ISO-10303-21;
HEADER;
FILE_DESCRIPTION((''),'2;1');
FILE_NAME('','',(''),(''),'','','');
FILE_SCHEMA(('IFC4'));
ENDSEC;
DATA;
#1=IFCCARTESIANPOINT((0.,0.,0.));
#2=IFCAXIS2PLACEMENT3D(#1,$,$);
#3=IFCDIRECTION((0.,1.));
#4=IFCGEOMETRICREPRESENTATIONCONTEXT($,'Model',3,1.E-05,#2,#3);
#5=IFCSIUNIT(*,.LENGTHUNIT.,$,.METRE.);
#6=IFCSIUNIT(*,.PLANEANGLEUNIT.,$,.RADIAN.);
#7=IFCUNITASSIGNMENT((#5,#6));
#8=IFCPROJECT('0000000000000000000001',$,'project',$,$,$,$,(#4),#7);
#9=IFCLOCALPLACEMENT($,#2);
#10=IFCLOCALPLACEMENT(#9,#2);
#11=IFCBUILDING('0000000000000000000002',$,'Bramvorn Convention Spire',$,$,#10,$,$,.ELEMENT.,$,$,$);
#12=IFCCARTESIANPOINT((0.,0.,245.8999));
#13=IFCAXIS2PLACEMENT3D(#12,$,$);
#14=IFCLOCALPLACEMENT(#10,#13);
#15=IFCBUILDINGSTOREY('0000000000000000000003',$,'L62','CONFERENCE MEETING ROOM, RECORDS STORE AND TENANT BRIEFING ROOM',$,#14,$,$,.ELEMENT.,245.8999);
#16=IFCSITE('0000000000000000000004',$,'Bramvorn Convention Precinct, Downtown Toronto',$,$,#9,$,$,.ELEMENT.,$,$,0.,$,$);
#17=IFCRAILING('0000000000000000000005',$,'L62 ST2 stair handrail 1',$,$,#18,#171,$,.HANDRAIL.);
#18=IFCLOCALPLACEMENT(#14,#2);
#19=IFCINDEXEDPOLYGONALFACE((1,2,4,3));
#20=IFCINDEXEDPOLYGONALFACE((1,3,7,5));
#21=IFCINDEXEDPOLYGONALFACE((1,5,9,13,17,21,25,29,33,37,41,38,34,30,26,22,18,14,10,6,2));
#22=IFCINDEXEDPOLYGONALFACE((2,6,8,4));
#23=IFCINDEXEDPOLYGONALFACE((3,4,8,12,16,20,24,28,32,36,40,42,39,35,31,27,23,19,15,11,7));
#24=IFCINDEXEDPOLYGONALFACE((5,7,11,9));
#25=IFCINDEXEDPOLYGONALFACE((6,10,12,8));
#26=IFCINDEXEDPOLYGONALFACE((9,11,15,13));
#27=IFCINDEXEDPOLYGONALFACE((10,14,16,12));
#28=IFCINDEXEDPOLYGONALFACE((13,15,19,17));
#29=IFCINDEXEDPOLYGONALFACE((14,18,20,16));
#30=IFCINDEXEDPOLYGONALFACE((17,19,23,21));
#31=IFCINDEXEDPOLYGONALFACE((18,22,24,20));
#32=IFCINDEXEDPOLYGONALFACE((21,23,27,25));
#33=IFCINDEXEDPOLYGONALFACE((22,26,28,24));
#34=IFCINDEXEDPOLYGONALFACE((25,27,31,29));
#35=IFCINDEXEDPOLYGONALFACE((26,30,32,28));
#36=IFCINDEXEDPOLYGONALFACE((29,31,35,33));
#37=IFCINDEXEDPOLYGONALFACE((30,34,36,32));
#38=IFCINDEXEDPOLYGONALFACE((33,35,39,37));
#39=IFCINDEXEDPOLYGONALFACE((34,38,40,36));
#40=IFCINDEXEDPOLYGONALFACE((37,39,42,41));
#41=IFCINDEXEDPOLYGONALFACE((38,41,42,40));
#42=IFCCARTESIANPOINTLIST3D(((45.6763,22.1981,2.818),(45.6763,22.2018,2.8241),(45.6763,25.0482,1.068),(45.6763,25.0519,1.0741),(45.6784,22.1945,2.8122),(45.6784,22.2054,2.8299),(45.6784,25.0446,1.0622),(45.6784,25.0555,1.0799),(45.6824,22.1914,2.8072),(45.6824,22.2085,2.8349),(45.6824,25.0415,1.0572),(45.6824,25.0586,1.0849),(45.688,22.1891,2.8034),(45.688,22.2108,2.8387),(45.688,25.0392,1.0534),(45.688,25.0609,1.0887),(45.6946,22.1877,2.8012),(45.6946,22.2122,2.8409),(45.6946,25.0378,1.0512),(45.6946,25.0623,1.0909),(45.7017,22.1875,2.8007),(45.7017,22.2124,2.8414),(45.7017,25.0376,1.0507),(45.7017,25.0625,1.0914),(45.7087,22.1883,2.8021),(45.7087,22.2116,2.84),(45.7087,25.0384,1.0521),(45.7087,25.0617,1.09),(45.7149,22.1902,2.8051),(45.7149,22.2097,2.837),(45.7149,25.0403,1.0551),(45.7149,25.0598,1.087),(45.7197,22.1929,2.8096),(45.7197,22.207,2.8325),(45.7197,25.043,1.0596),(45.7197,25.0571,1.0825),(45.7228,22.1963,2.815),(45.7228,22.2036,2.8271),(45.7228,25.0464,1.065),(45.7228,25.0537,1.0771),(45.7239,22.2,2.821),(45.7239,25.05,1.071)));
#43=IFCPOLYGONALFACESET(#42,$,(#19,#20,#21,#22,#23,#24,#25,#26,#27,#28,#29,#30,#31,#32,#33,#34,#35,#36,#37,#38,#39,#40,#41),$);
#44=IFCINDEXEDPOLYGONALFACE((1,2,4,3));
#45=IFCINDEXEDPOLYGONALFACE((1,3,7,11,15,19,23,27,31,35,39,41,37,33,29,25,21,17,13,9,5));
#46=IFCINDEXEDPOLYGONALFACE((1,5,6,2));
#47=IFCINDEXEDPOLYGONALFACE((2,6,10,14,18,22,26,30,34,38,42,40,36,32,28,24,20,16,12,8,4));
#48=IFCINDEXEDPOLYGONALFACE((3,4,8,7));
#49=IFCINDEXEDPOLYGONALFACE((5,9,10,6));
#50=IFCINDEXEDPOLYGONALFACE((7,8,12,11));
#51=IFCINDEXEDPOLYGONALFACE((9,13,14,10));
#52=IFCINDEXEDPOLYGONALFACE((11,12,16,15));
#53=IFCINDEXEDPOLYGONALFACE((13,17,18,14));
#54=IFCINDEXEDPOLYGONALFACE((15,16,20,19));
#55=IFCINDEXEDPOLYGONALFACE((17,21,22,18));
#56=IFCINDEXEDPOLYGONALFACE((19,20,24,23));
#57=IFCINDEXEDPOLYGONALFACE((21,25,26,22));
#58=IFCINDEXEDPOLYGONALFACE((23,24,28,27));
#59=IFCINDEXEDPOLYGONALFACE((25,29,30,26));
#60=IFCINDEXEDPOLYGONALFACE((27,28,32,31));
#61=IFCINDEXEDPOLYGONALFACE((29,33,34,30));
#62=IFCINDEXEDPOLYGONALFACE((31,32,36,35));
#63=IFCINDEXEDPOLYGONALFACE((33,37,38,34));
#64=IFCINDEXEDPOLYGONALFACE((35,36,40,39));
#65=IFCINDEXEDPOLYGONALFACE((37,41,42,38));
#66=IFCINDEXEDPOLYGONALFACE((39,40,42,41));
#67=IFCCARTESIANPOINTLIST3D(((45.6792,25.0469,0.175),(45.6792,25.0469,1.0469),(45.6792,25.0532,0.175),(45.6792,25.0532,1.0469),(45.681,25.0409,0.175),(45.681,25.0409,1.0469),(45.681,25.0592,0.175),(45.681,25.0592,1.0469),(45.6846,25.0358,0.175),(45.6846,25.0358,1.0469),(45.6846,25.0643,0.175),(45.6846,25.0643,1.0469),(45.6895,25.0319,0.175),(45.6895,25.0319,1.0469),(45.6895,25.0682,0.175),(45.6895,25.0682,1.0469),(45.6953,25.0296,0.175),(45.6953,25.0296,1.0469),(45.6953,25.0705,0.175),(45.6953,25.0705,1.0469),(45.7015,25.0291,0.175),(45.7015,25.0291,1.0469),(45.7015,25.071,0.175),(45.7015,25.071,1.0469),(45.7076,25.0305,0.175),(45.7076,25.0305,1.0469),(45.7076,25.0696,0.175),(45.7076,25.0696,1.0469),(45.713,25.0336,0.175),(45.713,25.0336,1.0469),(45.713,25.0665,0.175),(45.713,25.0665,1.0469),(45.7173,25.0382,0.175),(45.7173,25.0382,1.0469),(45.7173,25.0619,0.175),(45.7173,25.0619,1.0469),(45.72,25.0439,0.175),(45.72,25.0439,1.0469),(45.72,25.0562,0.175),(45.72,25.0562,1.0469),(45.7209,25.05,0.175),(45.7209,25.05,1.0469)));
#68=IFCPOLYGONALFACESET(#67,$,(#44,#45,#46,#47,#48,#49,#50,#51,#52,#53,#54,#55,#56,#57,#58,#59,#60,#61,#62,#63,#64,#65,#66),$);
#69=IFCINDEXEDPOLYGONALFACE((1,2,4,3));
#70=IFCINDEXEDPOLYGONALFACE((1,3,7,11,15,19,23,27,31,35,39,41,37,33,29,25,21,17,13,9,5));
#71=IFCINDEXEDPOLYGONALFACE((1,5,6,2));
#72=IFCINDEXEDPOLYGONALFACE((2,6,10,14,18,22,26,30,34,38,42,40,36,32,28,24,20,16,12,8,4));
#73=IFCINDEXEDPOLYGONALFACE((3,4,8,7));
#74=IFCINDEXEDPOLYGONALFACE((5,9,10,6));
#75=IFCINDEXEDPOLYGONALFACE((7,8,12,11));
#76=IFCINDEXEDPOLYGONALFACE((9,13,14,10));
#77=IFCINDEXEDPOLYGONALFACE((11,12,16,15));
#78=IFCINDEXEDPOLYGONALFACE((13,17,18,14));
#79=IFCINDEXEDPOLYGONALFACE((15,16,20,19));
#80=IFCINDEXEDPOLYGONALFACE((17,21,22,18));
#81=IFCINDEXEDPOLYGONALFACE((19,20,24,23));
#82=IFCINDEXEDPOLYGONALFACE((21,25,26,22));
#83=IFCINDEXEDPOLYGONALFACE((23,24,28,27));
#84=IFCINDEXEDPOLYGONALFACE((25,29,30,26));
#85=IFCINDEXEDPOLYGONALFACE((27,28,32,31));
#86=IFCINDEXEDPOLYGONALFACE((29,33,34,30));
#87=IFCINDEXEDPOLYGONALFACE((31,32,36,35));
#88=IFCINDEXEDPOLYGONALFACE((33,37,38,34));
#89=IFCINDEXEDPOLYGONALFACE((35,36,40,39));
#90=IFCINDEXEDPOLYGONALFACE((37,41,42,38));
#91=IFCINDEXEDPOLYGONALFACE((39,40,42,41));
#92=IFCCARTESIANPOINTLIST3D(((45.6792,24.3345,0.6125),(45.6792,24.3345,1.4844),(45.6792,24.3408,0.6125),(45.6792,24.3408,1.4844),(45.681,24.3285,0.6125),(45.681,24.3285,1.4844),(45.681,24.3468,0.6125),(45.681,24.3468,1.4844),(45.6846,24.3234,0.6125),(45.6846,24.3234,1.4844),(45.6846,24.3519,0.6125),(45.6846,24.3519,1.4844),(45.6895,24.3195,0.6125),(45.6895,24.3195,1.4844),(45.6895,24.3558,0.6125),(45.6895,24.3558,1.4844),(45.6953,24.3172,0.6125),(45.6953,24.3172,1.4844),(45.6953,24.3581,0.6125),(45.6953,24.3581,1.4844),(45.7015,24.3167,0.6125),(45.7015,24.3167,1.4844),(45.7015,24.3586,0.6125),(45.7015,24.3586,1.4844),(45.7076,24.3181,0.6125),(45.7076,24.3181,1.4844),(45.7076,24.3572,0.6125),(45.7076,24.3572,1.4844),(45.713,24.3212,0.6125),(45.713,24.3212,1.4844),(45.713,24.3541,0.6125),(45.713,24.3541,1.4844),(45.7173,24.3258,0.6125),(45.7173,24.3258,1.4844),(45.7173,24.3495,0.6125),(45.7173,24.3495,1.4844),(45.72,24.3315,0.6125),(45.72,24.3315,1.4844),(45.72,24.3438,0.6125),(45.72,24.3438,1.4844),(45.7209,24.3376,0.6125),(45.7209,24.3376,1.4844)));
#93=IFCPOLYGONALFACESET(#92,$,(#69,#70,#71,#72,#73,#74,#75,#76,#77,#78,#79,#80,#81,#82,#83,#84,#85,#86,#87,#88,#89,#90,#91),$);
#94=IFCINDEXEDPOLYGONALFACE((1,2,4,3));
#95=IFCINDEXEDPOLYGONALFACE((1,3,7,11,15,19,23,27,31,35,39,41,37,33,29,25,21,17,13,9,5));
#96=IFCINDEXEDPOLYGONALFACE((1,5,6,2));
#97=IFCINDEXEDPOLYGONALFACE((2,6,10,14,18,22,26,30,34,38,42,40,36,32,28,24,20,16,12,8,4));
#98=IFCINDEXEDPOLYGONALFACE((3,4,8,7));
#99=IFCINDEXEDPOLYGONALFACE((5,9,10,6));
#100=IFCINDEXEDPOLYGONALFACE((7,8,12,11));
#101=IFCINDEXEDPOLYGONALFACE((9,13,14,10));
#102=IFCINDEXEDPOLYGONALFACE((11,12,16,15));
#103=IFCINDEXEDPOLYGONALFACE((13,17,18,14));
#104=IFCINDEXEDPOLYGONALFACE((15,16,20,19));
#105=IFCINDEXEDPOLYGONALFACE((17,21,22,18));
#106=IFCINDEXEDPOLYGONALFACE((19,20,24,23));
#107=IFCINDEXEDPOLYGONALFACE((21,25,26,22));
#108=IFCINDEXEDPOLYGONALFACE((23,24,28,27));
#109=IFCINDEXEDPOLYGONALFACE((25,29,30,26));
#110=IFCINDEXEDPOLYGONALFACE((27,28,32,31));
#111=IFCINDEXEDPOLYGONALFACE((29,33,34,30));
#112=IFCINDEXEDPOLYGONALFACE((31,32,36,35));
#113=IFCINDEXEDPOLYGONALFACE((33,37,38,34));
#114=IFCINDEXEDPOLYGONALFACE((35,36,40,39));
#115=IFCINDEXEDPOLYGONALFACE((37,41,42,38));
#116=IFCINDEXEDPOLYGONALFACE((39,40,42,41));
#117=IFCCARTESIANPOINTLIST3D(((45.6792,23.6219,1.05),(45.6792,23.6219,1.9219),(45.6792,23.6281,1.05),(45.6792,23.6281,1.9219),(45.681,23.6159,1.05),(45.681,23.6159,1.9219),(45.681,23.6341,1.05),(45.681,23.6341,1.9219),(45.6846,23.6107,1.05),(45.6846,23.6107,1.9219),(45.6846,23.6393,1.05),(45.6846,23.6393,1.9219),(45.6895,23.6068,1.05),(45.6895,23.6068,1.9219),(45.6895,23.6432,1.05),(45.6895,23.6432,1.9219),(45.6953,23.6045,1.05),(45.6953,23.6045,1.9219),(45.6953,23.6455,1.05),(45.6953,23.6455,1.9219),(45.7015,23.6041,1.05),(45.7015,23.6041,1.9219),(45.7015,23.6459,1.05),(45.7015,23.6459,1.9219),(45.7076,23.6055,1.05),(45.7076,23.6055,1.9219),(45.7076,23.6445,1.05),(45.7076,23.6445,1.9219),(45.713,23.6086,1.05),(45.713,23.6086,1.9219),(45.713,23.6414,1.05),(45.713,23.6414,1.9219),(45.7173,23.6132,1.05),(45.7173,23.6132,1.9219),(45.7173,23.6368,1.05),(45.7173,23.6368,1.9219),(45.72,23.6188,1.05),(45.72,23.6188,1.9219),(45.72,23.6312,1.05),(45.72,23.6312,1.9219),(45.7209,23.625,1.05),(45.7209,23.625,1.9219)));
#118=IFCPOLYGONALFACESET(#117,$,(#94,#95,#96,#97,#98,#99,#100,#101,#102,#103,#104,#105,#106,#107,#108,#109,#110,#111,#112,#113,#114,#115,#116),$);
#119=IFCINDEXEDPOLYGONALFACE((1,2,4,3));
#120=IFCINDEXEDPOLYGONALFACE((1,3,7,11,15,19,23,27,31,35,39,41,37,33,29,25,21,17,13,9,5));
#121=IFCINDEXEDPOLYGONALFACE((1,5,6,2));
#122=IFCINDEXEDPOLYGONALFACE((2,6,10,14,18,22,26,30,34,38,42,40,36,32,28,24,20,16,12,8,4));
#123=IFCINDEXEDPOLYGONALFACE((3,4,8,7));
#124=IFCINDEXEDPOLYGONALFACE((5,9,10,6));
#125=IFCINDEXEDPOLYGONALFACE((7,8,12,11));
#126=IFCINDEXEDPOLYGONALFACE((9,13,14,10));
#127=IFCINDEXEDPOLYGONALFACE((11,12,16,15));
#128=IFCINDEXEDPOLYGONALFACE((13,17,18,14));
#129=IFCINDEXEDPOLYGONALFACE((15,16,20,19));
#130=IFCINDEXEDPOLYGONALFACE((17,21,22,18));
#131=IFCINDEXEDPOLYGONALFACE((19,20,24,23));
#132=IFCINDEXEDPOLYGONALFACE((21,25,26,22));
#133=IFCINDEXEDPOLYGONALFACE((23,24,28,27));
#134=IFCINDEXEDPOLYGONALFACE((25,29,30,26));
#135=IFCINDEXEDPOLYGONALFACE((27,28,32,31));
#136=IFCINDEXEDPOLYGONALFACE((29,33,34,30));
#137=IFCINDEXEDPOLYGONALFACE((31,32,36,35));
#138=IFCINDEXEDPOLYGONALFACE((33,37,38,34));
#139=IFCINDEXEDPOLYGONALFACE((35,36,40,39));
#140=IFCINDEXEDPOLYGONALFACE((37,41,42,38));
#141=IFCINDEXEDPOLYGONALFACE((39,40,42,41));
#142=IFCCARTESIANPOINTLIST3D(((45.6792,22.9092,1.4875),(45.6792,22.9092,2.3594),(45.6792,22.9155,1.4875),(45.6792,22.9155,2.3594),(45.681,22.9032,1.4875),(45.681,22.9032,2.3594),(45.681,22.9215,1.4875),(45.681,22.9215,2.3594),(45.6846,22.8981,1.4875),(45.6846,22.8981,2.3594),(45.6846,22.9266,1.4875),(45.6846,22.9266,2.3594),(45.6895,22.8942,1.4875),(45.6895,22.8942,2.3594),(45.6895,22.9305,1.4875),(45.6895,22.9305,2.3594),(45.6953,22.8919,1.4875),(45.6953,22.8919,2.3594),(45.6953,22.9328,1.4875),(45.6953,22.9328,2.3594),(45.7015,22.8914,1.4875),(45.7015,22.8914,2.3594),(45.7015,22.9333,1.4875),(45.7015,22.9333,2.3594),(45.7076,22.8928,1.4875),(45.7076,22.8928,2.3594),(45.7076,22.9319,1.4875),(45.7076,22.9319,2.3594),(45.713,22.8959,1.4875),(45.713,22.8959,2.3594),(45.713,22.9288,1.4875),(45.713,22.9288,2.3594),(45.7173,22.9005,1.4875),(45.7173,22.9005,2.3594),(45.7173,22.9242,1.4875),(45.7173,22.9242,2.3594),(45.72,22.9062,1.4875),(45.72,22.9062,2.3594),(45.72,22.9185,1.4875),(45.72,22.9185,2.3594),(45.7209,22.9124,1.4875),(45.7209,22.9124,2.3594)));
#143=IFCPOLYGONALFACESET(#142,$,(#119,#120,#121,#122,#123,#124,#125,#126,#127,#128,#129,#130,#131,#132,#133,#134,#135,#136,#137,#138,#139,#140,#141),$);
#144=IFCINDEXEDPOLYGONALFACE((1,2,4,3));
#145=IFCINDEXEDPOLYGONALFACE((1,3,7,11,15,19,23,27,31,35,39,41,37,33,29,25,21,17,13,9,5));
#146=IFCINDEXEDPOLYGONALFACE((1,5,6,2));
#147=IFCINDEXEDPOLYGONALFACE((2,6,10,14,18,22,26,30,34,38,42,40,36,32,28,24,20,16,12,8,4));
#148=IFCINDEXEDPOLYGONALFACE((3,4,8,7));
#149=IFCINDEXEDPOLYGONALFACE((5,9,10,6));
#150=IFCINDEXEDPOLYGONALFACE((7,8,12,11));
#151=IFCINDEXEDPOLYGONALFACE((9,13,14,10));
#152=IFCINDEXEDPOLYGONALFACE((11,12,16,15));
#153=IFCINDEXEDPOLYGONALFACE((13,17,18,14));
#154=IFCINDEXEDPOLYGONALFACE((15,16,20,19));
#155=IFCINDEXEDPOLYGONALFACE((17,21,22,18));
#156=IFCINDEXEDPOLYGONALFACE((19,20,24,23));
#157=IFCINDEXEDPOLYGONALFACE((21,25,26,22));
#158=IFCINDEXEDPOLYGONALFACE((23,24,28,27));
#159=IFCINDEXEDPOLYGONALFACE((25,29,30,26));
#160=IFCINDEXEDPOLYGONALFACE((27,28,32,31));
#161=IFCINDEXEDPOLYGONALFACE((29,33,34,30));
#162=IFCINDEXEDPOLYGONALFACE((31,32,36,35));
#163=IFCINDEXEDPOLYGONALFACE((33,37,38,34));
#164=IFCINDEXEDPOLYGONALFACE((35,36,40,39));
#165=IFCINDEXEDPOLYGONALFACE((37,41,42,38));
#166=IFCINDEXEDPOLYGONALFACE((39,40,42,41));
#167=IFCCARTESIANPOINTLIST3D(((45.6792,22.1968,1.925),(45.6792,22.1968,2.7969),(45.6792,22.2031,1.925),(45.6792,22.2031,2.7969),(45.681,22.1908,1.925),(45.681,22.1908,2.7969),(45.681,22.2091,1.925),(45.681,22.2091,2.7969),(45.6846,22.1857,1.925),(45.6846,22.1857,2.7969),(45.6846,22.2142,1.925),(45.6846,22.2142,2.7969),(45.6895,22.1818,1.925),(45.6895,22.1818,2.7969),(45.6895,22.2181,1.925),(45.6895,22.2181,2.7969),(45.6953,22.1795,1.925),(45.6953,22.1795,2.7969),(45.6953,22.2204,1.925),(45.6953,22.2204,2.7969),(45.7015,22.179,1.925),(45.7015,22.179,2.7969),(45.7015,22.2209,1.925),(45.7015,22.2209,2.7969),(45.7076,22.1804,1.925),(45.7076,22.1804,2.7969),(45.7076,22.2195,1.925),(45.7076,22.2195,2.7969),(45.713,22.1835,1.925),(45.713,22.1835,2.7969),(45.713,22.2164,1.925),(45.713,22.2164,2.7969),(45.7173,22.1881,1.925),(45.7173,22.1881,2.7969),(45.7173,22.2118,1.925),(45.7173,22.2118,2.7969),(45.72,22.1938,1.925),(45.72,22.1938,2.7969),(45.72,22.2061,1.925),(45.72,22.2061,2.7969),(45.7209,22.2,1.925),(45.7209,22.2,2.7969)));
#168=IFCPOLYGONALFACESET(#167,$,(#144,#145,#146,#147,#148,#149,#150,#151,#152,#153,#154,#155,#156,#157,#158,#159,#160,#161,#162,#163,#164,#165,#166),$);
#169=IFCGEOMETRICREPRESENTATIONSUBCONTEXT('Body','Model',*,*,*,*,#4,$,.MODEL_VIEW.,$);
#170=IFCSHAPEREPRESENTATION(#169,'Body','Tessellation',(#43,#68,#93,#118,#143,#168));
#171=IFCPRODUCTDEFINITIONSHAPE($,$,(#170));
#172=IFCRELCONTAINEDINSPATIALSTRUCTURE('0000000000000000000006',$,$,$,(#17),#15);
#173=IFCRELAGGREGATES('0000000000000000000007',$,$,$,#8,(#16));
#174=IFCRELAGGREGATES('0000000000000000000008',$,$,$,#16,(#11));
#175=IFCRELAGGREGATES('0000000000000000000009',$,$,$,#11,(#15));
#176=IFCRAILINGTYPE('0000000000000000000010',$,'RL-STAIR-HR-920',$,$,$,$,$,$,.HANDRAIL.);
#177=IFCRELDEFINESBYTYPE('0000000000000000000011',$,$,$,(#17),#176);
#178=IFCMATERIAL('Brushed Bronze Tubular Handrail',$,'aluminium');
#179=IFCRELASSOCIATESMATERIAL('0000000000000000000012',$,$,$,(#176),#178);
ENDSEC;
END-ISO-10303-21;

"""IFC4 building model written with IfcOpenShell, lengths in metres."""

from ifc_helpers import new_model, si_unit, direction, frame, origin, origin_2d, place, context, subcontext, project, spatial, circle, extrude, material, type_object, element, save


model = new_model("IFC4")

# Units and contexts
model_context = context("Model", 3, precision=1e-05, world=origin(), true_north=direction((0.0, 1.0)))
body_context = subcontext(model_context, "Body", "Model", "MODEL_VIEW")
ifc_project = project(units=[si_unit("LENGTHUNIT", "METRE"), si_unit("PLANEANGLEUNIT", "RADIAN")], contexts=[model_context])

# Site, building, storey
site_placement = place(None, origin())
site = spatial("IfcSite", under=ifc_project, at=site_placement, Name="Bramvorn Convention Precinct, Downtown Toronto", CompositionType="ELEMENT", RefElevation=0.0)
building_placement = place(site_placement, origin())
building = spatial("IfcBuilding", under=site, at=building_placement, Name="Bramvorn Convention Spire", CompositionType="ELEMENT")
storey_placement = place(building_placement, frame((0.0, 0.0, 245.8999)))
storey = spatial("IfcBuildingStorey", under=building, at=storey_placement, Name="L62", Description="CONFERENCE MEETING ROOM, RECORDS STORE AND TENANT BRIEFING ROOM", CompositionType="ELEMENT", Elevation=245.8999)

# Railing
ifc_material_1 = material(Name="Brushed Bronze Tubular Handrail", Category="aluminium")
railing_type_1 = type_object("IfcRailingType", Name="RL-STAIR-HR-920", PredefinedType="HANDRAIL", material=ifc_material_1)
railing_1_placement = place(storey_placement, frame((45.7, 25.05, 0.175)))
element("IfcRailing", 1, at=railing_1_placement, inside=storey, type_object=railing_type_1, Name="L62 ST2 stair handrail 1", PredefinedType="HANDRAIL", context=body_context, shape_type="SweptSolid", body=[
    extrude(circle(Radius=0.0239, at=origin_2d()), frame((0.0, 0.0, 0.896), z_axis=(0.0, -0.852179, 0.52325), x_axis=(1.0, 0.0, 0.0)), (0.0, 0.0, 1.0), 3.3445),
    extrude(circle(Radius=0.021, at=origin_2d()), origin(), (0.0, 0.0, 1.0), 0.8718),
    extrude(circle(Radius=0.021, at=origin_2d()), frame((0.0, -0.7124, 0.4375)), (0.0, 0.0, 1.0), 0.8718),
    extrude(circle(Radius=0.021, at=origin_2d()), frame((0.0, -1.425, 0.875)), (0.0, 0.0, 1.0), 0.8718),
    extrude(circle(Radius=0.021, at=origin_2d()), frame((0.0, -2.1377, 1.3125)), (0.0, 0.0, 1.0), 0.8718),
    extrude(circle(Radius=0.021, at=origin_2d()), frame((0.0, -2.8501, 1.75)), (0.0, 0.0, 1.0), 0.8718),
])

save(model, "model.ifc")
